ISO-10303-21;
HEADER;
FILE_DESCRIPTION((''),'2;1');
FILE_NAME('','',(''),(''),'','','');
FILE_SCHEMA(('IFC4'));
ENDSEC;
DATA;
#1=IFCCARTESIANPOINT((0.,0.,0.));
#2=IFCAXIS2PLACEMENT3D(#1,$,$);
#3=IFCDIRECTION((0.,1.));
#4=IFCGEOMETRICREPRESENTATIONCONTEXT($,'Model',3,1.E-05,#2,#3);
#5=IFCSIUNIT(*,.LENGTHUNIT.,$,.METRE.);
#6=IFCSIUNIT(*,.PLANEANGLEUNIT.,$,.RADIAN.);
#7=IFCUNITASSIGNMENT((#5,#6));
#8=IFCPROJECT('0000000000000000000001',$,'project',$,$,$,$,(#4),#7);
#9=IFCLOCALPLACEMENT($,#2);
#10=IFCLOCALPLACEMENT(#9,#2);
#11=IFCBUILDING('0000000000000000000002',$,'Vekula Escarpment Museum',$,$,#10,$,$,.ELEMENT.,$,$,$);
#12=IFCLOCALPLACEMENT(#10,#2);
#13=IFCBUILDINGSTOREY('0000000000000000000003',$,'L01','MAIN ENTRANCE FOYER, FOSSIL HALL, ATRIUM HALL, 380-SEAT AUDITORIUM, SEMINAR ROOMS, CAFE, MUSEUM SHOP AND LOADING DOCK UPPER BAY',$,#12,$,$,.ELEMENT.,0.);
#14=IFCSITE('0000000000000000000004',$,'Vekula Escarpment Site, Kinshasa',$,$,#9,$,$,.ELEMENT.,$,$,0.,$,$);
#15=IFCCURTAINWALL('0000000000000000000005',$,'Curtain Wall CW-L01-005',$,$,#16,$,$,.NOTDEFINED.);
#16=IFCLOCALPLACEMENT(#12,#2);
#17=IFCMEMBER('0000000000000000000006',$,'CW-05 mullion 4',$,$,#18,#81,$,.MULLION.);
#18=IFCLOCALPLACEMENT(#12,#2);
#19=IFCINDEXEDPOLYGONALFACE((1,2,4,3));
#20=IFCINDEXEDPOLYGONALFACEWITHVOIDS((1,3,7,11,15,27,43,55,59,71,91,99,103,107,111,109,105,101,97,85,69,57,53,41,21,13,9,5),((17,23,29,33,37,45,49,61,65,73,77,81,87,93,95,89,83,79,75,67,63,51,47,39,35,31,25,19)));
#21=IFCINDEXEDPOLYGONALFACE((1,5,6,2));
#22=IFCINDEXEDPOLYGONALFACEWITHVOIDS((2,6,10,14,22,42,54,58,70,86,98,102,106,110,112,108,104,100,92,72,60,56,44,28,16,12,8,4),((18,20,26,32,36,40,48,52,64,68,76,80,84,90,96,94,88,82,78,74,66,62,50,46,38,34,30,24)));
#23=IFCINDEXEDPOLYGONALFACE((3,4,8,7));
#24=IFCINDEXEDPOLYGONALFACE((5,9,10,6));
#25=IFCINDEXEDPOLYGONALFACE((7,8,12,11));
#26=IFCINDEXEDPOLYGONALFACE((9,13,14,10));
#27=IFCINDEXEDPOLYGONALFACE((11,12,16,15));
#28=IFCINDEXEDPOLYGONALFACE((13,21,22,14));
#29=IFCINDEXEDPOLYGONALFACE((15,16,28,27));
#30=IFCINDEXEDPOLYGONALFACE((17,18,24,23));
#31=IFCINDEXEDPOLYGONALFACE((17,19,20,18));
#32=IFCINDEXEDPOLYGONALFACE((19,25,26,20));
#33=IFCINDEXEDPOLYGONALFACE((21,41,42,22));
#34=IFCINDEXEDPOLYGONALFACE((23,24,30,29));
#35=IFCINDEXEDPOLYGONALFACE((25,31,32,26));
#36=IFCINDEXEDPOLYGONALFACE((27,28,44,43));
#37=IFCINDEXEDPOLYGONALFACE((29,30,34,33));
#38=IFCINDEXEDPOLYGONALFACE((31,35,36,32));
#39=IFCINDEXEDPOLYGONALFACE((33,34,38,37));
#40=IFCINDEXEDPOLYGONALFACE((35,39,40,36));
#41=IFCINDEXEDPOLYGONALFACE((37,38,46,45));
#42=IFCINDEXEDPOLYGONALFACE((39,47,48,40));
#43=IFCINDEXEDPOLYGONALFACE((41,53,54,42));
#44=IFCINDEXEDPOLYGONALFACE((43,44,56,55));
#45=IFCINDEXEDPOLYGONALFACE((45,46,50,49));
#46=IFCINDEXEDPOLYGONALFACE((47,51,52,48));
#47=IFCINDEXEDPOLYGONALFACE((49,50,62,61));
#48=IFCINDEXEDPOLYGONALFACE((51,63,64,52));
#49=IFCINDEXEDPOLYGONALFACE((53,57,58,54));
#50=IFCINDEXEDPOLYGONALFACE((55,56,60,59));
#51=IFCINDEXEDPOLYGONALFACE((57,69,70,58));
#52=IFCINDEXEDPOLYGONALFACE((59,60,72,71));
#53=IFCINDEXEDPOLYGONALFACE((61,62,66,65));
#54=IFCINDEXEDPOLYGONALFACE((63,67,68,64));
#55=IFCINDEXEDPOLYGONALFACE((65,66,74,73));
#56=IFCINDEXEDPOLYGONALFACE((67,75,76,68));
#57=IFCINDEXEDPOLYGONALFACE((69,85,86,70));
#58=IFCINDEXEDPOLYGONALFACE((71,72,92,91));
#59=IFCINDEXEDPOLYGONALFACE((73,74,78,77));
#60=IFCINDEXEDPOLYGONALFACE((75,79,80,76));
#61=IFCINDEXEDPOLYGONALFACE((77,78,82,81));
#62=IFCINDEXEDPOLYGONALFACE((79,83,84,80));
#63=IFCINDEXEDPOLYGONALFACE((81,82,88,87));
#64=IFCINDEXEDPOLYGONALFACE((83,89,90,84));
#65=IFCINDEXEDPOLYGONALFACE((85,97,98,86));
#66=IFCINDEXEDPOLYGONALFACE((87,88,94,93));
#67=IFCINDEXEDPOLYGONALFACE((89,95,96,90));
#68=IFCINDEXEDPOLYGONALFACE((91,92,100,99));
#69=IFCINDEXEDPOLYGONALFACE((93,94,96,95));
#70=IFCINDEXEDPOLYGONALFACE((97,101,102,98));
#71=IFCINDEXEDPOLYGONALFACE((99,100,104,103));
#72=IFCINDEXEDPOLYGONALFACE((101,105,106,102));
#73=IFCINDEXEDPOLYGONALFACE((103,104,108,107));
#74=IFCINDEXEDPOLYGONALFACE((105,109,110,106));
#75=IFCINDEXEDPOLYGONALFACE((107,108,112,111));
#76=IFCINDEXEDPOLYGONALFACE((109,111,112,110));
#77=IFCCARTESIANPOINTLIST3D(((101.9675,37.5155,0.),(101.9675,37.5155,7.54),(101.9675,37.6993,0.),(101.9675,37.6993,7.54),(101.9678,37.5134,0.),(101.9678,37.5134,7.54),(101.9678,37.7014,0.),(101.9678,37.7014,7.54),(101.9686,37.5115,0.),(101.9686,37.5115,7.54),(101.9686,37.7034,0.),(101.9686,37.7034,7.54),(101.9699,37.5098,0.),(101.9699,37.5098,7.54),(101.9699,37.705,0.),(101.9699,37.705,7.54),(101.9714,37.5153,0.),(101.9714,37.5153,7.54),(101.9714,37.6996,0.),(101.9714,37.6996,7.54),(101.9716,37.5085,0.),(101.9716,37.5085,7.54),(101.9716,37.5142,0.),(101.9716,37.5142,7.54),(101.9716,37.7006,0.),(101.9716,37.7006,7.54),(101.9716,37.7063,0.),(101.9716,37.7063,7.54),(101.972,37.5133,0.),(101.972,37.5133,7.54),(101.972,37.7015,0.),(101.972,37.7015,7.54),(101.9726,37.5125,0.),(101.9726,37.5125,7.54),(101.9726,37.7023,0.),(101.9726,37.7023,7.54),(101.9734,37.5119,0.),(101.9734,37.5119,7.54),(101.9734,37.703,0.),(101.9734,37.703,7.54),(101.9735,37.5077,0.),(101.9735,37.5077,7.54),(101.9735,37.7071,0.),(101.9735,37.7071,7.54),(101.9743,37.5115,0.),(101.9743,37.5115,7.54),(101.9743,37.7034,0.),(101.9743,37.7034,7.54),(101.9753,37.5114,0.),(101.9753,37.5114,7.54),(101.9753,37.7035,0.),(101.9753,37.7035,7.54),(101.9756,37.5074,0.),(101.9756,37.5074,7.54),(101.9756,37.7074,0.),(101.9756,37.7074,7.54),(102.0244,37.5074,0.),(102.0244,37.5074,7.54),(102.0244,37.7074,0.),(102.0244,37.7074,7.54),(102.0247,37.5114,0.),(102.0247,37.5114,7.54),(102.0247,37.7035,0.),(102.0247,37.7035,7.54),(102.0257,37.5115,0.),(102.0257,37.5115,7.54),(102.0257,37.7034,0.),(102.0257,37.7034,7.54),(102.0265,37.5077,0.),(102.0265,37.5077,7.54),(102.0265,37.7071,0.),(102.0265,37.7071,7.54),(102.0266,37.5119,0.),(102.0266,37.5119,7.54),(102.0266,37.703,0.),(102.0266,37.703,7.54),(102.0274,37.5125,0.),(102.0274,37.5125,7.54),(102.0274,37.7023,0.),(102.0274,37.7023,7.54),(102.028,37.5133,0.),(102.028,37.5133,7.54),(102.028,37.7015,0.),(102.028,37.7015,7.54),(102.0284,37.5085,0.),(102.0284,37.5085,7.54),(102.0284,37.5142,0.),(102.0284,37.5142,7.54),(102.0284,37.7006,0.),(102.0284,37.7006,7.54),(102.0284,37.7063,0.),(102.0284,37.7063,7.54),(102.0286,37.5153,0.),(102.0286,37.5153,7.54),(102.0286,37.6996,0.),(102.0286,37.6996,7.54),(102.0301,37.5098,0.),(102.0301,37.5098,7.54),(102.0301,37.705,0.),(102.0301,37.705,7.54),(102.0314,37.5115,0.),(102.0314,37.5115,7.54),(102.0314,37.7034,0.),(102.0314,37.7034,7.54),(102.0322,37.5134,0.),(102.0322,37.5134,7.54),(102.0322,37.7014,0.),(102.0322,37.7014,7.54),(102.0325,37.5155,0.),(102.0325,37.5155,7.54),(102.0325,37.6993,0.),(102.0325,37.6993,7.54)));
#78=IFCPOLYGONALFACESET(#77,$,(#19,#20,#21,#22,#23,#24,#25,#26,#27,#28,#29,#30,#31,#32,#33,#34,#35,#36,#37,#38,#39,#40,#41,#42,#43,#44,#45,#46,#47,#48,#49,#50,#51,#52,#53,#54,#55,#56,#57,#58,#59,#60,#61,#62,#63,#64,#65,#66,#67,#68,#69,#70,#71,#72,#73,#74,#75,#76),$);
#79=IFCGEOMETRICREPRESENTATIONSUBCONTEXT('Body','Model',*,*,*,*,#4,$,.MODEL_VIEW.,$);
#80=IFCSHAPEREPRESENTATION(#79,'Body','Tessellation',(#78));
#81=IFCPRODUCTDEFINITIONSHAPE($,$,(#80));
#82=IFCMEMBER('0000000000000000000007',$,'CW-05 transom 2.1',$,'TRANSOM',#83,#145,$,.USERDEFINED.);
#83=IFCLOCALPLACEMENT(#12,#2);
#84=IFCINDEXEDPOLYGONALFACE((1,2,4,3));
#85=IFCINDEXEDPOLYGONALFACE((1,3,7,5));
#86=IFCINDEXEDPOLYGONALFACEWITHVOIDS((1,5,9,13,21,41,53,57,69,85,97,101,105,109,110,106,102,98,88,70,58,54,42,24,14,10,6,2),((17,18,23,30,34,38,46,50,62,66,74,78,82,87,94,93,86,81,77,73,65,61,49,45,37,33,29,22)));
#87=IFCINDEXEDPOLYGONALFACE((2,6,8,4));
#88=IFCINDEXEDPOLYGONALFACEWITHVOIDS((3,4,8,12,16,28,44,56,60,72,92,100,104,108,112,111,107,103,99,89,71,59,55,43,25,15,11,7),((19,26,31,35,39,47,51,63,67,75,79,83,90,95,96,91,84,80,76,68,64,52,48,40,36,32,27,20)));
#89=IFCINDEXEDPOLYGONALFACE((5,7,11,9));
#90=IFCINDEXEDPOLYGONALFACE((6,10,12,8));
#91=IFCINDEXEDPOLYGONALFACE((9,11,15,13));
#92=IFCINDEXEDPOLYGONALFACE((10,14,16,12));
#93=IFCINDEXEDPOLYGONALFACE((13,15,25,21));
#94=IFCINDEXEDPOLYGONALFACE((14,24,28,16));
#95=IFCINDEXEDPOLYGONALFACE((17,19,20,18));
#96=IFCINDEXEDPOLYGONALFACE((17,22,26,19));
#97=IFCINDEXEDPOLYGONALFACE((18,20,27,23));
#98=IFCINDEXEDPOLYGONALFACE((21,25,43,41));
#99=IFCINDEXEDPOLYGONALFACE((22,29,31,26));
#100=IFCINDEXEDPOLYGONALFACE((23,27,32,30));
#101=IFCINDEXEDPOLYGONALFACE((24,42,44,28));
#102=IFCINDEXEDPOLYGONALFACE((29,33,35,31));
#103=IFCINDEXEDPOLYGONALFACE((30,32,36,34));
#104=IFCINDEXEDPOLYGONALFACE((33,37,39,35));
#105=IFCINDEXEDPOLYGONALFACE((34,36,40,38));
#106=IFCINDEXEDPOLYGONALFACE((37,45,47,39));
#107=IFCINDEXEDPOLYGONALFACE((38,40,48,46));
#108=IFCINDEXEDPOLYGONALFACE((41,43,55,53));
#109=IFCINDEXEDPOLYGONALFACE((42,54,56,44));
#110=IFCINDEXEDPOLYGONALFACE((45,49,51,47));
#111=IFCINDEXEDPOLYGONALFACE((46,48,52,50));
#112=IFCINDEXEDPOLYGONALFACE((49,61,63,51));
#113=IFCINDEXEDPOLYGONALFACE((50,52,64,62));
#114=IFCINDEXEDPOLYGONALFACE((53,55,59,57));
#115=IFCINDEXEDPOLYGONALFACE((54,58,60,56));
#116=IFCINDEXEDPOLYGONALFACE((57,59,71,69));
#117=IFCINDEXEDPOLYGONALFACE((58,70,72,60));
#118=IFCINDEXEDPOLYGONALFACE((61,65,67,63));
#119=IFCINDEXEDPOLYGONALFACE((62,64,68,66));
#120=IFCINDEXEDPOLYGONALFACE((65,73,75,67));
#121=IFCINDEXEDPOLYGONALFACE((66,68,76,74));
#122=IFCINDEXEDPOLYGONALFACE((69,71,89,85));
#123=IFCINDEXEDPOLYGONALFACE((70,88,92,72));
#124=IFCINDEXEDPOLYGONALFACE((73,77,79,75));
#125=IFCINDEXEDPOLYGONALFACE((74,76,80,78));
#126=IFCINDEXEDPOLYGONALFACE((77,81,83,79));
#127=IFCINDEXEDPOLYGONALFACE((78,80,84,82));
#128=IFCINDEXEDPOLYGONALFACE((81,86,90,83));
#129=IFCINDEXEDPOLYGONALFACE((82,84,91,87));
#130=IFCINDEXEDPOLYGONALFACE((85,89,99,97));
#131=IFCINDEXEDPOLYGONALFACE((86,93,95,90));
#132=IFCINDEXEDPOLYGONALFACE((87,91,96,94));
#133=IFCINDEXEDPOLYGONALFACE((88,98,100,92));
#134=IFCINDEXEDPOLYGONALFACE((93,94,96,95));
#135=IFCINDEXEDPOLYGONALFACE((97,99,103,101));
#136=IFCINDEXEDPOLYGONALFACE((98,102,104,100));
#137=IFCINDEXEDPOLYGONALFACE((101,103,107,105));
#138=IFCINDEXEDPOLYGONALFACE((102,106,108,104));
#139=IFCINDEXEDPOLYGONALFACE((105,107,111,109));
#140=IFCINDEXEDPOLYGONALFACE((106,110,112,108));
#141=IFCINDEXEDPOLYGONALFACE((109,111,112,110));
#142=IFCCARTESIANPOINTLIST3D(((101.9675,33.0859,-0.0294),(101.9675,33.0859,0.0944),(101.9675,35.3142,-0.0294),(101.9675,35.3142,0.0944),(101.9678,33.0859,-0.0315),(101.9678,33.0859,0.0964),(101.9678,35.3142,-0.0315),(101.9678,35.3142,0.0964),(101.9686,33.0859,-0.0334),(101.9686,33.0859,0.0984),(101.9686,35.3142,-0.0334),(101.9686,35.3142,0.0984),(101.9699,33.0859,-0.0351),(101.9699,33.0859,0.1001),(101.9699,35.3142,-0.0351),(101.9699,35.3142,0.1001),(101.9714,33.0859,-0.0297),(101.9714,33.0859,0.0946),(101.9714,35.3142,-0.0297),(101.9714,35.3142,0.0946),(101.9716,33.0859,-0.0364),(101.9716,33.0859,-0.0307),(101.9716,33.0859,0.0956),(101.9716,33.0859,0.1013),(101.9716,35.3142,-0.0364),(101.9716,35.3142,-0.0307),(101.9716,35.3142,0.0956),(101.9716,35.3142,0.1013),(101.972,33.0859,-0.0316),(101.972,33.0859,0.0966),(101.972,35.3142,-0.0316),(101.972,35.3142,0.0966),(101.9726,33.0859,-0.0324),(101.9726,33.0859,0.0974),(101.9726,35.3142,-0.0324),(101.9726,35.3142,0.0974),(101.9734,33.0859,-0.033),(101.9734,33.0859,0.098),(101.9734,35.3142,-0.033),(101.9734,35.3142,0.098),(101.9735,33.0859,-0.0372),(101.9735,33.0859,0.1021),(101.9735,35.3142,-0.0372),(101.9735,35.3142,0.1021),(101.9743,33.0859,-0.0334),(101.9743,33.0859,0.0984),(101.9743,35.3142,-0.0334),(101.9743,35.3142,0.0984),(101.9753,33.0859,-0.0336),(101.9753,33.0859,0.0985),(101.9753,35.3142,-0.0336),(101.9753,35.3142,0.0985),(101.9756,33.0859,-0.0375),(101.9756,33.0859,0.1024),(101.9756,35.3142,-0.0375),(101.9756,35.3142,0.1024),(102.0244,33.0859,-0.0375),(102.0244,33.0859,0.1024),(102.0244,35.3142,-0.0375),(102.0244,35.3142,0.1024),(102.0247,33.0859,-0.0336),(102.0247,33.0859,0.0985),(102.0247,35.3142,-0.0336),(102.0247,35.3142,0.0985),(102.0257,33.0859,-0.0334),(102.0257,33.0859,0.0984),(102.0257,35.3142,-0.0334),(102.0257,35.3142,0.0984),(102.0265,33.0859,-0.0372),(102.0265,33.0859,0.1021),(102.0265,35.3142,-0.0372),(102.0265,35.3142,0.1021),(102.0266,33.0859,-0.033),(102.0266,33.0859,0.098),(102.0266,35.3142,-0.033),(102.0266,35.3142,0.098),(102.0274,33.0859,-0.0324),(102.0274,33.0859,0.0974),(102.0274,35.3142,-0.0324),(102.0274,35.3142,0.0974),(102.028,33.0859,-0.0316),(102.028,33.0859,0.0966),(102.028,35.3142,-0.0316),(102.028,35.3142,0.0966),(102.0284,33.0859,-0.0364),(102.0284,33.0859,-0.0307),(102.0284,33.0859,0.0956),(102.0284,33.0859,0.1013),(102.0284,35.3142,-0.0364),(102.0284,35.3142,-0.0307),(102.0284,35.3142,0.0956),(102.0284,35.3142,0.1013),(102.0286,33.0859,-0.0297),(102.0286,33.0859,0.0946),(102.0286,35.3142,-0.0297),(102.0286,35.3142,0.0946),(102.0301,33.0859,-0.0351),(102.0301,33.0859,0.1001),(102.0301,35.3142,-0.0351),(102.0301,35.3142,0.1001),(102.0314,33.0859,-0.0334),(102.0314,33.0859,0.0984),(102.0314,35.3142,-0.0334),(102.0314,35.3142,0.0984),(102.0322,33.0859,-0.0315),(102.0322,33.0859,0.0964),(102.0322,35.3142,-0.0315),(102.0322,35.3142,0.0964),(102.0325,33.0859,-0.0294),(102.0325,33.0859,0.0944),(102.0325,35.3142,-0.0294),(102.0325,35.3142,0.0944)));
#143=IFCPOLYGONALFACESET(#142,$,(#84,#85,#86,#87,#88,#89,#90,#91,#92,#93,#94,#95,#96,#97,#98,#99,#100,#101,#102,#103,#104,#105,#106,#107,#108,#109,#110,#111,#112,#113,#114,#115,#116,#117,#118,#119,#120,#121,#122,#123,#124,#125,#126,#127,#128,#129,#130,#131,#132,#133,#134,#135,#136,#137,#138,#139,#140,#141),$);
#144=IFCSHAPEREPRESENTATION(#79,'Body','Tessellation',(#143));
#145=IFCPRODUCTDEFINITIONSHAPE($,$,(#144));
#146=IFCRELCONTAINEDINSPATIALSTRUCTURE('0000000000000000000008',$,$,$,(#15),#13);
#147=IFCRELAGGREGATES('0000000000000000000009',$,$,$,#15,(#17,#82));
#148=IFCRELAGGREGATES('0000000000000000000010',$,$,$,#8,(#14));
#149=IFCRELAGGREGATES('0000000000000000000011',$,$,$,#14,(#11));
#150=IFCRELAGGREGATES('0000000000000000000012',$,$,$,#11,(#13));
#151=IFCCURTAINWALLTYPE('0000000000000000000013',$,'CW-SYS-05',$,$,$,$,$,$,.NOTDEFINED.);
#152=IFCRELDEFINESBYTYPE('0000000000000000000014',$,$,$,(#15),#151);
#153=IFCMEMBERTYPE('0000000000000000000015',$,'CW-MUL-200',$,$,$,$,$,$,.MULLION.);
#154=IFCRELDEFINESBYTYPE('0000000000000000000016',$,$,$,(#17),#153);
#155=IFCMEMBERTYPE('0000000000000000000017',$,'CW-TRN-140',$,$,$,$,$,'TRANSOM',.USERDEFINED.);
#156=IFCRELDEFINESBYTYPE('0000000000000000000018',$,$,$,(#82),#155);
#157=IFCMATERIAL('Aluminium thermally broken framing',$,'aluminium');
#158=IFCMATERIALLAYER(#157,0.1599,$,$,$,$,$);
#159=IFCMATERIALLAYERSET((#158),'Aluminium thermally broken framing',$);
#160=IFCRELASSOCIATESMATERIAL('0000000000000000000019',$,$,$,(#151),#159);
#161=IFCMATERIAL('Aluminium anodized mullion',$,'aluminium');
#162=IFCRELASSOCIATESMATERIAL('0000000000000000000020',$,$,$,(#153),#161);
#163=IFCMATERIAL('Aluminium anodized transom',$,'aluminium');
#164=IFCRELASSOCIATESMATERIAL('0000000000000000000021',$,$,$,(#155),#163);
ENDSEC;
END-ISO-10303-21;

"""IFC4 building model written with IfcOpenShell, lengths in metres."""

from ifc_helpers import new_model, si_unit, direction, frame, origin, origin_2d, place, context, subcontext, project, spatial, hollow_rectangle, extrude, material, layer, layer_set, material_profile, profile_set, type_object, element, aggregate, save


model = new_model("IFC4")

# Units and contexts
model_context = context("Model", 3, precision=1e-05, world=origin(), true_north=direction((0.0, 1.0)))
body_context = subcontext(model_context, "Body", "Model", "MODEL_VIEW")
ifc_project = project(units=[si_unit("LENGTHUNIT", "METRE"), si_unit("PLANEANGLEUNIT", "RADIAN")], contexts=[model_context])

# Site, building, storey
site_placement = place(None, origin())
site = spatial("IfcSite", under=ifc_project, at=site_placement, Name="Vekula Escarpment Site, Kinshasa", CompositionType="ELEMENT", RefElevation=0.0)
building_placement = place(site_placement, origin())
building = spatial("IfcBuilding", under=site, at=building_placement, Name="Vekula Escarpment Museum", CompositionType="ELEMENT")
storey_placement = place(building_placement, origin())
storey = spatial("IfcBuildingStorey", under=building, at=storey_placement, Name="L01", Description="MAIN ENTRANCE FOYER, FOSSIL HALL, ATRIUM HALL, 380-SEAT AUDITORIUM, SEMINAR ROOMS, CAFE, MUSEUM SHOP AND LOADING DOCK UPPER BAY", CompositionType="ELEMENT", Elevation=0.0)

# Curtain wall, members
ifc_material_1 = material(Name="Aluminium thermally broken framing", Category="aluminium")
ifc_layer_1 = layer(ifc_material_1, 0.1599)
ifc_layer_set_1 = layer_set([ifc_layer_1], Name="Aluminium thermally broken framing")
curtain_wall_type = type_object("IfcCurtainWallType", Name="CW-SYS-05", PredefinedType="NOTDEFINED", material=ifc_layer_set_1)
curtain_wall_placement = place(storey_placement, origin())
curtain_wall = element("IfcCurtainWall", 1, at=curtain_wall_placement, inside=storey, type_object=curtain_wall_type, Name="Curtain Wall CW-L01-005", PredefinedType="NOTDEFINED")
ifc_material_2 = material(Name="Aluminium anodized mullion", Category="aluminium")
ifc_material_profile_1 = material_profile(ifc_material_2, hollow_rectangle(XDim=0.0649, YDim=0.2, WallThickness=0.0039, InnerFilletRadius=0.0039, OuterFilletRadius=0.0081, at=origin_2d()), Name="ALU 200x65x4")
ifc_profile_set_1 = profile_set([ifc_material_profile_1], Name="Aluminium anodized mullion")
member_type_1 = type_object("IfcMemberType", Name="CW-MUL-200", PredefinedType="MULLION", material=ifc_profile_set_1)
member_1_placement = place(storey_placement, frame((102.0, 37.6074, 0.0), z_axis=(0.0, 0.0, 1.0), x_axis=(-1.0, 0.0, 0.0)))
member_1 = element("IfcMember", 2, at=member_1_placement, type_object=member_type_1, Name="CW-05 mullion 4", PredefinedType="MULLION", context=body_context, shape_type="SweptSolid", body=[
    extrude(hollow_rectangle(XDim=0.0649, YDim=0.2, WallThickness=0.0039, InnerFilletRadius=0.0039, OuterFilletRadius=0.0081, at=origin_2d()), origin(), (0.0, 0.0, 1.0), 7.54),
])
ifc_material_3 = material(Name="Aluminium anodized transom", Category="aluminium")
ifc_material_profile_2 = material_profile(ifc_material_3, hollow_rectangle(XDim=0.0649, YDim=0.1399, WallThickness=0.0039, InnerFilletRadius=0.0039, OuterFilletRadius=0.0081, at=origin_2d()), Name="ALU 140x65x4")
ifc_profile_set_2 = profile_set([ifc_material_profile_2], Name="Aluminium anodized transom")
member_type_2 = type_object("IfcMemberType", Name="CW-TRN-140", ElementType="TRANSOM", PredefinedType="USERDEFINED", material=ifc_profile_set_2)
member_2_placement = place(storey_placement, frame((102.0, 33.0859, 0.0325), z_axis=(0.0, 1.0, 0.0), x_axis=(-1.0, 0.0, 0.0)))
member_2 = element("IfcMember", 3, at=member_2_placement, type_object=member_type_2, Name="CW-05 transom 2.1", ObjectType="TRANSOM", PredefinedType="USERDEFINED", context=body_context, shape_type="SweptSolid", body=[
    extrude(hollow_rectangle(XDim=0.0649, YDim=0.1399, WallThickness=0.0039, InnerFilletRadius=0.0039, OuterFilletRadius=0.0081, at=origin_2d()), origin(), (0.0, 0.0, 1.0), 2.2283),
])

aggregate(curtain_wall, [member_1, member_2])

save(model, "model.ifc")
